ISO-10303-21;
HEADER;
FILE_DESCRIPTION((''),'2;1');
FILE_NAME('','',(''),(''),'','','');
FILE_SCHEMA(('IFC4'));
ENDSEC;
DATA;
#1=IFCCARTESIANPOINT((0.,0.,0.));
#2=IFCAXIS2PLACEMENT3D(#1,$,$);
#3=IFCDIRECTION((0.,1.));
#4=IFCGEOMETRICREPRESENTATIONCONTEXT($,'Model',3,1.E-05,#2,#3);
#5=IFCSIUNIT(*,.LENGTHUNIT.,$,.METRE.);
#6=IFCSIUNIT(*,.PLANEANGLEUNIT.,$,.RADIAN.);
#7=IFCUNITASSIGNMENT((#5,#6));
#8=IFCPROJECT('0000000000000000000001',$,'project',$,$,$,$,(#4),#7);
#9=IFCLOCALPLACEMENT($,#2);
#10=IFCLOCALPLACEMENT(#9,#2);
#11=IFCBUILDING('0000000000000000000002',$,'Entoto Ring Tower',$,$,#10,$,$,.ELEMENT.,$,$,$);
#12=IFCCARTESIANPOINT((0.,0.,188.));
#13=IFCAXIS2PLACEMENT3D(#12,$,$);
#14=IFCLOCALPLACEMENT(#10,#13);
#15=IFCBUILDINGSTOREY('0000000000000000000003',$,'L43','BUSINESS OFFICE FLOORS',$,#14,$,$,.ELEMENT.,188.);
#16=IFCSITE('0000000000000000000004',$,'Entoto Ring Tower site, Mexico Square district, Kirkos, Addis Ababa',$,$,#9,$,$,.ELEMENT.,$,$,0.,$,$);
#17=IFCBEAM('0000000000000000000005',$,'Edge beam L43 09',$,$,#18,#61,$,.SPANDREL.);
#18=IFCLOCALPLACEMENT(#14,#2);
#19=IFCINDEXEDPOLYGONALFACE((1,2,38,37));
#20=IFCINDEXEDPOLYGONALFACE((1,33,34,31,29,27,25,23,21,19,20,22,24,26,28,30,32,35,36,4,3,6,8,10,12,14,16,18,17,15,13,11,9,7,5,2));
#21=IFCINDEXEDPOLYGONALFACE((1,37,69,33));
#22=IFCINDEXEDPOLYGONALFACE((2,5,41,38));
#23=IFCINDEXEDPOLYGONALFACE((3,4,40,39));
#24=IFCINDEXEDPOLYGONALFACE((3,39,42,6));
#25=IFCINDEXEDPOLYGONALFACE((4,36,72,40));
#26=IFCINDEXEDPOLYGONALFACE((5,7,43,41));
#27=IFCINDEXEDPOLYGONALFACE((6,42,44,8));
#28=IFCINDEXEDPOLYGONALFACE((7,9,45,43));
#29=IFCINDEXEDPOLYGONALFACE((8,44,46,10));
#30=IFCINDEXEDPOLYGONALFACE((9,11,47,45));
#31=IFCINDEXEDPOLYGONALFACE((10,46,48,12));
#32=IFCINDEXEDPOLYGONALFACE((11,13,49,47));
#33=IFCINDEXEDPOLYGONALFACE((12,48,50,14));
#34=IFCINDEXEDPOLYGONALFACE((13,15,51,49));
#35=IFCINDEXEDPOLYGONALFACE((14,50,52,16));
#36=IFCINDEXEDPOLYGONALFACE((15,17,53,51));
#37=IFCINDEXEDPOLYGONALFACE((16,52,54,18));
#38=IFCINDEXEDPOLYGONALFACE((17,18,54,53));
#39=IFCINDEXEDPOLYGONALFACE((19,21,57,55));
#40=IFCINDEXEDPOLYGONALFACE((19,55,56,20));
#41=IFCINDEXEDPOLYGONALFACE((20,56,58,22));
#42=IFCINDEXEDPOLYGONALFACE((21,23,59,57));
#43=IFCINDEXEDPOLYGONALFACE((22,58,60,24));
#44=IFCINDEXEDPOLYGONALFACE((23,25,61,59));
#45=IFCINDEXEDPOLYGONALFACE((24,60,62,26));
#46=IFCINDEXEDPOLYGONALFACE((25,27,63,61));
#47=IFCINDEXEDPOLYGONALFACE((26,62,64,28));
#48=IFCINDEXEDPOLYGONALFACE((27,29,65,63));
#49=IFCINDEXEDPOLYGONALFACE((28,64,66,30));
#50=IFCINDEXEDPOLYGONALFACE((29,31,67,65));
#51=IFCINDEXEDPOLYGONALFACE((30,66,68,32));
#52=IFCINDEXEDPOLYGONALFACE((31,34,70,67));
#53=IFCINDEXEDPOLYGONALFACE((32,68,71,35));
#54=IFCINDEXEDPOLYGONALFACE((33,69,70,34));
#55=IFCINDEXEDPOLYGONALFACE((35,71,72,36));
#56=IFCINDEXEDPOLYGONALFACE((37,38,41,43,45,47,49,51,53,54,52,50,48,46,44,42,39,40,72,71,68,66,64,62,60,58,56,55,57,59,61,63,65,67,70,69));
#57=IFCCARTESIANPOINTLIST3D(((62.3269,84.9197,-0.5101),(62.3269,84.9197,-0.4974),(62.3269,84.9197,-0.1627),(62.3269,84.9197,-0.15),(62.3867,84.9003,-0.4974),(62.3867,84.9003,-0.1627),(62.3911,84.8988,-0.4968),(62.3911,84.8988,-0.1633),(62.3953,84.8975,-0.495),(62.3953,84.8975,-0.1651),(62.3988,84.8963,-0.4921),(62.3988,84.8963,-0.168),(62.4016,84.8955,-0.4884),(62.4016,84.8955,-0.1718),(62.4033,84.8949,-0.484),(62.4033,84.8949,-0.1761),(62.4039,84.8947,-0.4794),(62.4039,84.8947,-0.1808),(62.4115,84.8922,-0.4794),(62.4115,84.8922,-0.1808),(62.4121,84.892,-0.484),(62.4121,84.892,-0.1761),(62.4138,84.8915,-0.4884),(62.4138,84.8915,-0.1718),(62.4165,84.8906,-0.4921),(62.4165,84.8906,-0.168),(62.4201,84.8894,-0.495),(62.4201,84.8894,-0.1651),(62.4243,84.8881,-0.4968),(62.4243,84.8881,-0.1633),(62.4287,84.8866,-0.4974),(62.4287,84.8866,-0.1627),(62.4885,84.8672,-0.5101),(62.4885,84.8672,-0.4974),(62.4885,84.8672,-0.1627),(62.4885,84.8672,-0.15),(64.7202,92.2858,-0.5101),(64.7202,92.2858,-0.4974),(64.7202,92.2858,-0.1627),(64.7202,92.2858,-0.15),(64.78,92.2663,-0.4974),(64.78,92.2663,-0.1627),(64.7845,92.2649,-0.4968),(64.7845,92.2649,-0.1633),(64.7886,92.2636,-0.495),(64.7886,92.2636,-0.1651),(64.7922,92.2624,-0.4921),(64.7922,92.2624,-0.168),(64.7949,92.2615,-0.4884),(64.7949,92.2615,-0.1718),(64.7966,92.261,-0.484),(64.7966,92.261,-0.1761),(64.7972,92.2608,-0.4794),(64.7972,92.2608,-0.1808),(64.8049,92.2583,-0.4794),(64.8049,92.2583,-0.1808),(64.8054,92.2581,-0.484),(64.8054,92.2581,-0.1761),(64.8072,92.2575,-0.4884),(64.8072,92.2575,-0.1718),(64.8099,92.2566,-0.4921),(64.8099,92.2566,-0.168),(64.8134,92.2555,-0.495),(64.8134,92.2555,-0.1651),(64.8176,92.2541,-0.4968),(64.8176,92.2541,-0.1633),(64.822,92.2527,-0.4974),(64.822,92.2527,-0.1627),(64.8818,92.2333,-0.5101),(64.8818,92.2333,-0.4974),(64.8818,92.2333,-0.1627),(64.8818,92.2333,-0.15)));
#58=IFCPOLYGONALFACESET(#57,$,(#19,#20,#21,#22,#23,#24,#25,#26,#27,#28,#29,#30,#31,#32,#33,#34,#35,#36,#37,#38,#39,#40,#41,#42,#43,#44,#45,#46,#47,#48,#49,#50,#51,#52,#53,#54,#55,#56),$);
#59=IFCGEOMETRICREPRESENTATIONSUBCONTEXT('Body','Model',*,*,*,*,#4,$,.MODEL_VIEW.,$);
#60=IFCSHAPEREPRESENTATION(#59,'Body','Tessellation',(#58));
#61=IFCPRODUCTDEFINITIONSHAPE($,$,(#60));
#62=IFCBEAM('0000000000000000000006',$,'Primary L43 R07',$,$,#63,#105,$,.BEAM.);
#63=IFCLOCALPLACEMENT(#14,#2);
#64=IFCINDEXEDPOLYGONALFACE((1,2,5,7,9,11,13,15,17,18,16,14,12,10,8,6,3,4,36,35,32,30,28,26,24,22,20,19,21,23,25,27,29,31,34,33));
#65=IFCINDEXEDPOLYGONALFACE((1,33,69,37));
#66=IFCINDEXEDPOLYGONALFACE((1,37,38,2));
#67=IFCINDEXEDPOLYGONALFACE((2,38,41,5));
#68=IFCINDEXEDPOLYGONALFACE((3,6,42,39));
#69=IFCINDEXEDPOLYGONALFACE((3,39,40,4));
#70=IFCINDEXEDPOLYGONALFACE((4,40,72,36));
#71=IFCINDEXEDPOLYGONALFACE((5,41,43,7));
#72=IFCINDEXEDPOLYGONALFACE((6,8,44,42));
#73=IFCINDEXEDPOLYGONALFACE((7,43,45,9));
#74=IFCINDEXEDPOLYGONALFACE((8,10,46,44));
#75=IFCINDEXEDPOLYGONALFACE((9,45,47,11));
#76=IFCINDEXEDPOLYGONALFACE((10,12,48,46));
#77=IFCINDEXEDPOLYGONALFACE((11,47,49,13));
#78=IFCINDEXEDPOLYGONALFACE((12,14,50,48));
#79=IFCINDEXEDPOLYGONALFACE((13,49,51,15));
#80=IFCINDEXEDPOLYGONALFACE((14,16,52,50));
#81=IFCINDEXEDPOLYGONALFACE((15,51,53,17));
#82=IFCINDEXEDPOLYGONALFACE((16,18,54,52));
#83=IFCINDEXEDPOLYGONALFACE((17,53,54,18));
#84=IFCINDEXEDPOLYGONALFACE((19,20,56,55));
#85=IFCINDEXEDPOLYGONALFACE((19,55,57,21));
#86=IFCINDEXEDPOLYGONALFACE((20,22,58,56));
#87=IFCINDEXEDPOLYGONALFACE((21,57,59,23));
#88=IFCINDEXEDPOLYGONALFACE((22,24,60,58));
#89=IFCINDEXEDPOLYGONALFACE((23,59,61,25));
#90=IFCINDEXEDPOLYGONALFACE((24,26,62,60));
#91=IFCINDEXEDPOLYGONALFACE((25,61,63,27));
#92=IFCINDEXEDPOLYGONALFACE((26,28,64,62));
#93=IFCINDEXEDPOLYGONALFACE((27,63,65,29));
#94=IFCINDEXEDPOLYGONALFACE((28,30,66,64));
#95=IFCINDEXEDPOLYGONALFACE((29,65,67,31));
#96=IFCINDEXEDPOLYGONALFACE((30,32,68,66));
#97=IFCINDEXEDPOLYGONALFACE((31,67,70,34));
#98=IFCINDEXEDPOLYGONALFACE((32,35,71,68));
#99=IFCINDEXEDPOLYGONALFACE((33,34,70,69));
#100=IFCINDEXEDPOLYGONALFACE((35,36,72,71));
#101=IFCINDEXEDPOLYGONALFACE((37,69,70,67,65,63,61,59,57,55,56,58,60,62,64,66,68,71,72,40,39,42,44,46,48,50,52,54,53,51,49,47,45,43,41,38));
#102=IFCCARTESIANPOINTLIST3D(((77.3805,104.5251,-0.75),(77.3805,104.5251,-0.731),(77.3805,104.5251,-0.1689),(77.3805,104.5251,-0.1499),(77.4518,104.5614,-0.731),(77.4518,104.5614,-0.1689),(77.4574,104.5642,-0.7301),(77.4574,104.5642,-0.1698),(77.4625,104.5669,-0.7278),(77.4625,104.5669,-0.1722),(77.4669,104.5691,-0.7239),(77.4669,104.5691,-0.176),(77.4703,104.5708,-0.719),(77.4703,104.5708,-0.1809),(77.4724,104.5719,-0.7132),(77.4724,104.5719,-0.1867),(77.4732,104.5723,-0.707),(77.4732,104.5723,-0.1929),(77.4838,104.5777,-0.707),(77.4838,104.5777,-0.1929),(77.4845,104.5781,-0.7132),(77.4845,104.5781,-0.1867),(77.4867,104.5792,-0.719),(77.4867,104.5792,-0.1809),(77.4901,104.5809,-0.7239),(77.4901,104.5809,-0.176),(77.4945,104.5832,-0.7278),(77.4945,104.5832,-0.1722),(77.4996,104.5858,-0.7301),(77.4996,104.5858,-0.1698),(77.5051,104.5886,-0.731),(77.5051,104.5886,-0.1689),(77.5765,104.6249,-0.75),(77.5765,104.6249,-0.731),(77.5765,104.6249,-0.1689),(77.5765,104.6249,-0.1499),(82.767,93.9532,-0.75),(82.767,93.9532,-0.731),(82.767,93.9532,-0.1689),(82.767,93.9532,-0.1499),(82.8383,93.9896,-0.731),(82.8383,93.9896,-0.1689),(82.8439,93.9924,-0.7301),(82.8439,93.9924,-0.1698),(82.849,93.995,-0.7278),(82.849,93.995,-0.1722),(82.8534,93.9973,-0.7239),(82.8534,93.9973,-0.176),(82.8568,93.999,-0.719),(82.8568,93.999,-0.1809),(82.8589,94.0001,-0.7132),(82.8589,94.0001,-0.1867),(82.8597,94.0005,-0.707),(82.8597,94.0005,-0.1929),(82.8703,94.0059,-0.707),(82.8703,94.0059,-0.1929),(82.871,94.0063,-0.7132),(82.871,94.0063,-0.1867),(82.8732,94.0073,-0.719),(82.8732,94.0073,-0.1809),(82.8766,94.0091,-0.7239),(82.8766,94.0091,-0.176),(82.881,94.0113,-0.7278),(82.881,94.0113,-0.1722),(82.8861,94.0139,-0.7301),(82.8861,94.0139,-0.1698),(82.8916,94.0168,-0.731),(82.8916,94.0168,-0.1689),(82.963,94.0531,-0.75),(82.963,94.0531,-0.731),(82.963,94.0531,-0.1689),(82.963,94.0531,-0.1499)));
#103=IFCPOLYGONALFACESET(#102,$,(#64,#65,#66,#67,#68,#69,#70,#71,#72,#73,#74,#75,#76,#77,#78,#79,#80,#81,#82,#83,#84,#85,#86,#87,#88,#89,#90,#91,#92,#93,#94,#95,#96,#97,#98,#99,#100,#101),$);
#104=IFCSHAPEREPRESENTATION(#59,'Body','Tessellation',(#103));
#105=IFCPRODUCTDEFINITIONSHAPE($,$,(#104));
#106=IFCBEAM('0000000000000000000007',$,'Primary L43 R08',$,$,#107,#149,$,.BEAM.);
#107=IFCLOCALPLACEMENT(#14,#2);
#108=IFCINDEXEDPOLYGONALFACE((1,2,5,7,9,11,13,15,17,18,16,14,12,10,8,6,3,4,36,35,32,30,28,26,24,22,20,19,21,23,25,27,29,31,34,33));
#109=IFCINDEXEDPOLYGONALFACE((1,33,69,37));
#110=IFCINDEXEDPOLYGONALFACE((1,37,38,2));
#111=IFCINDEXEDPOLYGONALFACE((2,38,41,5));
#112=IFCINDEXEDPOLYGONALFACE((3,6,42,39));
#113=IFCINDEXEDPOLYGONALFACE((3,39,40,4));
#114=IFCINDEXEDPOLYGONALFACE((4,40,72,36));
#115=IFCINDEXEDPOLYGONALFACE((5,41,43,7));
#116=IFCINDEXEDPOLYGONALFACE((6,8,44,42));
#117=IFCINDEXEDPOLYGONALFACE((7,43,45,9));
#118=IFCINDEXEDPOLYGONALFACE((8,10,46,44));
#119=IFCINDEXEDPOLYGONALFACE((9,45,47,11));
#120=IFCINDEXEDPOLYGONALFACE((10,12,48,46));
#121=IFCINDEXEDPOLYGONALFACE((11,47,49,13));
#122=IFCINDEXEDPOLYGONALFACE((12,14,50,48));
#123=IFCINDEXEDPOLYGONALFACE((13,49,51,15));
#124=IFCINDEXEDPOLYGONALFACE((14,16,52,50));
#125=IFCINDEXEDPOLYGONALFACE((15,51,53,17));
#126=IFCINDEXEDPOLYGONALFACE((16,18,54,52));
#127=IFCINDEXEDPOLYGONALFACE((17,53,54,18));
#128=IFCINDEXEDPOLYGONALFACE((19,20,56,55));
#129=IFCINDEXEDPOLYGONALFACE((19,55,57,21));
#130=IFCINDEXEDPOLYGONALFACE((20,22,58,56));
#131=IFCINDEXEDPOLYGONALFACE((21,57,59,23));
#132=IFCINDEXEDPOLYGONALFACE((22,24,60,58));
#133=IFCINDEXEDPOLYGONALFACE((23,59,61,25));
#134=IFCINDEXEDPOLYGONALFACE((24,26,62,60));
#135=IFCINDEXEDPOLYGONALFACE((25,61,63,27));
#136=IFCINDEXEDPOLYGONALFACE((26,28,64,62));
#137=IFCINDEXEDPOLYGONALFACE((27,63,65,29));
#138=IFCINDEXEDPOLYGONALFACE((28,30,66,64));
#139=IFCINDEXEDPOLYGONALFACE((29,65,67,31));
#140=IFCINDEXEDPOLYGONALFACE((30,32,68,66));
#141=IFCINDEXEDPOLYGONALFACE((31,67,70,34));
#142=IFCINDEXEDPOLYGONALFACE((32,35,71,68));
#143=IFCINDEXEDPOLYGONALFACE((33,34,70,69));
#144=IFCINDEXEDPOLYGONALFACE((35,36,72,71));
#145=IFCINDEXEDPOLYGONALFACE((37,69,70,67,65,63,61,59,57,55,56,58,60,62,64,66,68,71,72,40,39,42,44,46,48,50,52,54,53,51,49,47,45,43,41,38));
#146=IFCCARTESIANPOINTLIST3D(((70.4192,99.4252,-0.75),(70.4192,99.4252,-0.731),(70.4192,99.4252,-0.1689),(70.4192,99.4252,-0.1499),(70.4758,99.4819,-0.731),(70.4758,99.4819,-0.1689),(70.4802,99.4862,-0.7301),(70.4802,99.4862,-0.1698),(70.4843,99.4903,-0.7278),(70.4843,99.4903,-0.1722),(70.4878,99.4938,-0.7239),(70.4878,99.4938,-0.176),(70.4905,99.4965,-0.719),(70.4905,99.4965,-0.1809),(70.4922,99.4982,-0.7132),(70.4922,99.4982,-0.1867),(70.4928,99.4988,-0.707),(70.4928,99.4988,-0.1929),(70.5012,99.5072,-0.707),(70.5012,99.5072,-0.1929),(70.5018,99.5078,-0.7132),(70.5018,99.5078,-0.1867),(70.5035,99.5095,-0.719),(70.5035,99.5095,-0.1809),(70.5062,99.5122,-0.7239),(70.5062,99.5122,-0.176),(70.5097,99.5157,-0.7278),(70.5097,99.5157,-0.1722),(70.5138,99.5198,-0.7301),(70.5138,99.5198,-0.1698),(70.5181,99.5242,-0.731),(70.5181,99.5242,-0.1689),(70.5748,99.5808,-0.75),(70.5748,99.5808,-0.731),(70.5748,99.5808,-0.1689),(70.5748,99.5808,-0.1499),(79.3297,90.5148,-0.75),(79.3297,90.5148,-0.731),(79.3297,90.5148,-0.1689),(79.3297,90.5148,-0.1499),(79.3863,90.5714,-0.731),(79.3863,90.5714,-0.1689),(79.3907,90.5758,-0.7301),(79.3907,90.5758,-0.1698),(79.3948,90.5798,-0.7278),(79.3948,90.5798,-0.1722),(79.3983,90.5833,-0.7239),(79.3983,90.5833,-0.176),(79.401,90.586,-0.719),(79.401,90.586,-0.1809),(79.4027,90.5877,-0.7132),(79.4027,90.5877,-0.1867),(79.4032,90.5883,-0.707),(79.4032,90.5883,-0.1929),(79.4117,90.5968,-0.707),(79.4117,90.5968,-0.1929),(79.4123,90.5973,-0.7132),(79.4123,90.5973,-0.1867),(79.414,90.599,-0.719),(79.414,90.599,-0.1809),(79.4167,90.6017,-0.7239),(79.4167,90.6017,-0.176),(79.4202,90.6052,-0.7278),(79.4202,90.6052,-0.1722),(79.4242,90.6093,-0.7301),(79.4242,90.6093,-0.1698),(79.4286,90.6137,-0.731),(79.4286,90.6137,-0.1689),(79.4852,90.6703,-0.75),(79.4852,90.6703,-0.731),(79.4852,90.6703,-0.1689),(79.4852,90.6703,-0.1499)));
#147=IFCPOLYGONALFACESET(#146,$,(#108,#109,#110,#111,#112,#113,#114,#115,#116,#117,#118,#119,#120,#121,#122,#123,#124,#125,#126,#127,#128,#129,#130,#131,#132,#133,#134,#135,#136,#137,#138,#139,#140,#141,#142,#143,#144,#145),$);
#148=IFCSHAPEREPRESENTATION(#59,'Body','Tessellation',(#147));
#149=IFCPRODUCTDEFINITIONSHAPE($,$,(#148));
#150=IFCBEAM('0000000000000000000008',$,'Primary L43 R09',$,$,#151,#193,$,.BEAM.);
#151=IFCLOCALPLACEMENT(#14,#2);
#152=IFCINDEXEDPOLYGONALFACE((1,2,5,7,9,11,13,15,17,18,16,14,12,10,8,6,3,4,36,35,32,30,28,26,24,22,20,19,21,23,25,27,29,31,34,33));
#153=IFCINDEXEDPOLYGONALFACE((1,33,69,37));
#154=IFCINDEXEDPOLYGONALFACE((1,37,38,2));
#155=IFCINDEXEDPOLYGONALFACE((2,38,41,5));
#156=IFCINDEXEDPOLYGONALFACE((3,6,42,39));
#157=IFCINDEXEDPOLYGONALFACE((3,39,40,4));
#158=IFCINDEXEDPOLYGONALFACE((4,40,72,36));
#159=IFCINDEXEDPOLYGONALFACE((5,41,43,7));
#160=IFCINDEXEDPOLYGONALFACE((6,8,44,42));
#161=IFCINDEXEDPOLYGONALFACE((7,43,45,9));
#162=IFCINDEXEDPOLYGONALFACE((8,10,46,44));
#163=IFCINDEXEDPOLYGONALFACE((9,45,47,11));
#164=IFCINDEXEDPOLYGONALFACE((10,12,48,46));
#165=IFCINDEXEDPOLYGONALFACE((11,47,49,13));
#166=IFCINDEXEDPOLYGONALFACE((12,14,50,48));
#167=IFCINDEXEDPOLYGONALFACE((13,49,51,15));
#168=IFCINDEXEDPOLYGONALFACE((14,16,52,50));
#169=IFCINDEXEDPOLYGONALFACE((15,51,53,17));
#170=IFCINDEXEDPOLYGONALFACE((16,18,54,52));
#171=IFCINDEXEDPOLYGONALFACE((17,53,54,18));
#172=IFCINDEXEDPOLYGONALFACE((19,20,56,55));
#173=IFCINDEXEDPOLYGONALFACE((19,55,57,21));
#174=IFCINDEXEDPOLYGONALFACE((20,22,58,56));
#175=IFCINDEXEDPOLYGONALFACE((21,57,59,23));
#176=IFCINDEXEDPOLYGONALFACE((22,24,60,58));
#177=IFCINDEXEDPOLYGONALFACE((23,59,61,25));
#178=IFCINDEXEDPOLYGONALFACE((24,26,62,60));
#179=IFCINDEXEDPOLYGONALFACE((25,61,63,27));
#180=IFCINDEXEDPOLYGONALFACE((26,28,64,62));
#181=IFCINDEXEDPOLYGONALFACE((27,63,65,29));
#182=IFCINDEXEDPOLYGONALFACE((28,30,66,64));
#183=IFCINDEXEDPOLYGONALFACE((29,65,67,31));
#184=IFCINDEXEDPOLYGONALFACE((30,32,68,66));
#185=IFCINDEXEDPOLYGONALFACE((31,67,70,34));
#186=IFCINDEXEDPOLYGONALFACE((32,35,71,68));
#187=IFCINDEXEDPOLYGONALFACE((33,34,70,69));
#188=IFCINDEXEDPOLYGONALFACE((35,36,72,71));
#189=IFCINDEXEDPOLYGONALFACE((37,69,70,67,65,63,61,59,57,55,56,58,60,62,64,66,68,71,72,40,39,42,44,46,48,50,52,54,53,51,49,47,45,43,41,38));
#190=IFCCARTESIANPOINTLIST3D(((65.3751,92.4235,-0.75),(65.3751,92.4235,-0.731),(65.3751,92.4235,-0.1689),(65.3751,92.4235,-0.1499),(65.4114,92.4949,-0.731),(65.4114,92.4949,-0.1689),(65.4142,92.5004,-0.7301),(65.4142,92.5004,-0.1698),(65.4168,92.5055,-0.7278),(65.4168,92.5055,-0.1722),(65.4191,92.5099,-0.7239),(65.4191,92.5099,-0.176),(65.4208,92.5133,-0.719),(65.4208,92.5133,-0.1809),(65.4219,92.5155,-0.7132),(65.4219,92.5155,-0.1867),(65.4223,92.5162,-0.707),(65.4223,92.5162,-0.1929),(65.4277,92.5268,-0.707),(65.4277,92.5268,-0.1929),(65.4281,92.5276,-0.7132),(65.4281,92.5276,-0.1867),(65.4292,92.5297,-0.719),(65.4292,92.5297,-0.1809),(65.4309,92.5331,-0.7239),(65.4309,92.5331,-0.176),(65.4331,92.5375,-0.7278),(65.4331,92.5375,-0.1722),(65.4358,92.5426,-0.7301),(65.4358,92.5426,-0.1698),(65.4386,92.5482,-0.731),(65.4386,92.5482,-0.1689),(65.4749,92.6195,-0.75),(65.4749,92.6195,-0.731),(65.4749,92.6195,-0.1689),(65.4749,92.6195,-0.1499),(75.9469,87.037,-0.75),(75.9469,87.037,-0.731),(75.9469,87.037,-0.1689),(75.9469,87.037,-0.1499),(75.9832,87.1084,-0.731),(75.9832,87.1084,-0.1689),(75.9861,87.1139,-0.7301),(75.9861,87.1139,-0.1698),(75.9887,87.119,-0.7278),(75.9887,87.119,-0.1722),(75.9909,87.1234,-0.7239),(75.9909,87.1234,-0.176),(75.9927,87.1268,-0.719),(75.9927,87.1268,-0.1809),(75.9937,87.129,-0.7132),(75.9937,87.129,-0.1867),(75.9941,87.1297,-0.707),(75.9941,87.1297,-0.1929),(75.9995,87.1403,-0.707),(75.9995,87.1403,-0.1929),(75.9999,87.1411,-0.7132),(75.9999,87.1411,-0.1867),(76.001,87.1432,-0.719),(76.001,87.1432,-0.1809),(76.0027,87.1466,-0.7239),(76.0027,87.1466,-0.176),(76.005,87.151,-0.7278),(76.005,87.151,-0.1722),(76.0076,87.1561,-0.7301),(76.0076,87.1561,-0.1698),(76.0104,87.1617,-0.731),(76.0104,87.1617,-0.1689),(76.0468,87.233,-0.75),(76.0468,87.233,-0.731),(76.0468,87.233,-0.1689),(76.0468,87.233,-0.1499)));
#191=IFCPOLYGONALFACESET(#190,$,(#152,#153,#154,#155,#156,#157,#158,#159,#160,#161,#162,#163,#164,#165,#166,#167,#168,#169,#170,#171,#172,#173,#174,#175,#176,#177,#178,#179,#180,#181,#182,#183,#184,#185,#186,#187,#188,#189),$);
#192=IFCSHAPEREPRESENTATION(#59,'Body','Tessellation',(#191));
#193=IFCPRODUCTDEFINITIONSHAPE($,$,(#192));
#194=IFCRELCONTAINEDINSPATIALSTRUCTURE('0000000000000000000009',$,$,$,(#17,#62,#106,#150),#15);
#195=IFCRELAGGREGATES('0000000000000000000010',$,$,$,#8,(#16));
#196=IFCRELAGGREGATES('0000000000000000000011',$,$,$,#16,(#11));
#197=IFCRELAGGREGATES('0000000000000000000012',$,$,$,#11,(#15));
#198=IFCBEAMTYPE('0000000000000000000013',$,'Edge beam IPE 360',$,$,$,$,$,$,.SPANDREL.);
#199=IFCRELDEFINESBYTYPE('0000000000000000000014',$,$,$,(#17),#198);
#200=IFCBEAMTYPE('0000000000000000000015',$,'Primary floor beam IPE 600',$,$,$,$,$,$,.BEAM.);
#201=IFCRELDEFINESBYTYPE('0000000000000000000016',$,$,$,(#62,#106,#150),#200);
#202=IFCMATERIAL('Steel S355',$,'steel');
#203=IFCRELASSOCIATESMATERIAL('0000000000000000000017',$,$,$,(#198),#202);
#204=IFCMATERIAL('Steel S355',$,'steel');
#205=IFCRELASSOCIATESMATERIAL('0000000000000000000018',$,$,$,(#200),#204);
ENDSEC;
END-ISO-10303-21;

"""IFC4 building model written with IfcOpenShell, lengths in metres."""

from ifc_helpers import new_model, si_unit, direction, frame, origin, origin_2d, place, context, subcontext, project, spatial, i_section, extrude, material, material_profile, profile_set, type_object, element, save


model = new_model("IFC4")

# Units and contexts
model_context = context("Model", 3, precision=1e-05, world=origin(), true_north=direction((0.0, 1.0)))
body_context = subcontext(model_context, "Body", "Model", "MODEL_VIEW")
ifc_project = project(units=[si_unit("LENGTHUNIT", "METRE"), si_unit("PLANEANGLEUNIT", "RADIAN")], contexts=[model_context])

# Site, building, storey
site_placement = place(None, origin())
site = spatial("IfcSite", under=ifc_project, at=site_placement, Name="Entoto Ring Tower site, Mexico Square district, Kirkos, Addis Ababa", CompositionType="ELEMENT", RefElevation=0.0)
building_placement = place(site_placement, origin())
building = spatial("IfcBuilding", under=site, at=building_placement, Name="Entoto Ring Tower", CompositionType="ELEMENT")
storey_placement = place(building_placement, frame((0.0, 0.0, 188.0)))
storey = spatial("IfcBuildingStorey", under=building, at=storey_placement, Name="L43", Description="BUSINESS OFFICE FLOORS", CompositionType="ELEMENT", Elevation=188.0)

# Beams
ifc_material_1 = material(Name="Steel S355", Category="steel")
ifc_material_profile_1 = material_profile(ifc_material_1, i_section(OverallWidth=0.1699, OverallDepth=0.3601, WebThickness=0.0081, FlangeThickness=0.0127, FilletRadius=0.0181, at=origin_2d()), Name="IPE 360")
ifc_profile_set_1 = profile_set([ifc_material_profile_1], Name="Steel S355")
beam_type_1 = type_object("IfcBeamType", Name="Edge beam IPE 360", PredefinedType="SPANDREL", material=ifc_profile_set_1)
for number, where, z_axis, x_axis, name in (
    (1, (64.801, 92.2595, -0.3301), (-0.309013, -0.951058, 0.0), (0.951058, -0.309013, 0.0), "Edge beam L43 09"),
):
    element("IfcBeam", number, at=place(storey_placement, frame(where, z_axis=z_axis, x_axis=x_axis)), inside=storey, type_object=beam_type_1, Name=name, PredefinedType="SPANDREL", context=body_context, shape_type="SweptSolid", body=[
        extrude(i_section(OverallWidth=0.1699, OverallDepth=0.3601, WebThickness=0.0081, FlangeThickness=0.0127, FilletRadius=0.0181, at=origin_2d()), origin(), (0.0, 0.0, 1.0), 7.7451),
    ])
ifc_material_2 = material(Name="Steel S355", Category="steel")
ifc_material_profile_2 = material_profile(ifc_material_2, i_section(OverallWidth=0.22, OverallDepth=0.6001, WebThickness=0.012, FlangeThickness=0.019, FilletRadius=0.0239, at=origin_2d()), Name="IPE 600")
ifc_profile_set_2 = profile_set([ifc_material_profile_2], Name="Steel S355")
beam_type_2 = type_object("IfcBeamType", Name="Primary floor beam IPE 600", PredefinedType="BEAM", material=ifc_profile_set_2)
beam_1_placement = place(storey_placement, frame((82.865, 94.0032, -0.45), z_axis=(-0.453983, 0.89101, 0.0), x_axis=(-0.89101, -0.453983, 0.0)))
element("IfcBeam", 2, at=beam_1_placement, inside=storey, type_object=beam_type_2, Name="Primary L43 R07", PredefinedType="BEAM", context=body_context, shape_type="SweptSolid", body=[
    extrude(i_section(OverallWidth=0.22, OverallDepth=0.6001, WebThickness=0.012, FlangeThickness=0.019, FilletRadius=0.0239, at=origin_2d()), origin(), (0.0, 0.0, 1.0), 11.865),
])
beam_2_placement = place(storey_placement, frame((79.4075, 90.5925, -0.45), z_axis=(-0.707107, 0.707107, 0.0), x_axis=(-0.707107, -0.707107, 0.0)))
element("IfcBeam", 3, at=beam_2_placement, inside=storey, type_object=beam_type_2, Name="Primary L43 R08", PredefinedType="BEAM", context=body_context, shape_type="SweptSolid", body=[
    extrude(i_section(OverallWidth=0.22, OverallDepth=0.6001, WebThickness=0.012, FlangeThickness=0.019, FilletRadius=0.0239, at=origin_2d()), origin(), (0.0, 0.0, 1.0), 12.6013),
])
beam_3_placement = place(storey_placement, frame((75.9968, 87.135, -0.45), z_axis=(-0.89101, 0.453983, 0.0), x_axis=(-0.453983, -0.89101, 0.0)))
element("IfcBeam", 4, at=beam_3_placement, inside=storey, type_object=beam_type_2, Name="Primary L43 R09", PredefinedType="BEAM", context=body_context, shape_type="SweptSolid", body=[
    extrude(i_section(OverallWidth=0.22, OverallDepth=0.6001, WebThickness=0.012, FlangeThickness=0.019, FilletRadius=0.0239, at=origin_2d()), origin(), (0.0, 0.0, 1.0), 11.865),
])

save(model, "model.ifc")
